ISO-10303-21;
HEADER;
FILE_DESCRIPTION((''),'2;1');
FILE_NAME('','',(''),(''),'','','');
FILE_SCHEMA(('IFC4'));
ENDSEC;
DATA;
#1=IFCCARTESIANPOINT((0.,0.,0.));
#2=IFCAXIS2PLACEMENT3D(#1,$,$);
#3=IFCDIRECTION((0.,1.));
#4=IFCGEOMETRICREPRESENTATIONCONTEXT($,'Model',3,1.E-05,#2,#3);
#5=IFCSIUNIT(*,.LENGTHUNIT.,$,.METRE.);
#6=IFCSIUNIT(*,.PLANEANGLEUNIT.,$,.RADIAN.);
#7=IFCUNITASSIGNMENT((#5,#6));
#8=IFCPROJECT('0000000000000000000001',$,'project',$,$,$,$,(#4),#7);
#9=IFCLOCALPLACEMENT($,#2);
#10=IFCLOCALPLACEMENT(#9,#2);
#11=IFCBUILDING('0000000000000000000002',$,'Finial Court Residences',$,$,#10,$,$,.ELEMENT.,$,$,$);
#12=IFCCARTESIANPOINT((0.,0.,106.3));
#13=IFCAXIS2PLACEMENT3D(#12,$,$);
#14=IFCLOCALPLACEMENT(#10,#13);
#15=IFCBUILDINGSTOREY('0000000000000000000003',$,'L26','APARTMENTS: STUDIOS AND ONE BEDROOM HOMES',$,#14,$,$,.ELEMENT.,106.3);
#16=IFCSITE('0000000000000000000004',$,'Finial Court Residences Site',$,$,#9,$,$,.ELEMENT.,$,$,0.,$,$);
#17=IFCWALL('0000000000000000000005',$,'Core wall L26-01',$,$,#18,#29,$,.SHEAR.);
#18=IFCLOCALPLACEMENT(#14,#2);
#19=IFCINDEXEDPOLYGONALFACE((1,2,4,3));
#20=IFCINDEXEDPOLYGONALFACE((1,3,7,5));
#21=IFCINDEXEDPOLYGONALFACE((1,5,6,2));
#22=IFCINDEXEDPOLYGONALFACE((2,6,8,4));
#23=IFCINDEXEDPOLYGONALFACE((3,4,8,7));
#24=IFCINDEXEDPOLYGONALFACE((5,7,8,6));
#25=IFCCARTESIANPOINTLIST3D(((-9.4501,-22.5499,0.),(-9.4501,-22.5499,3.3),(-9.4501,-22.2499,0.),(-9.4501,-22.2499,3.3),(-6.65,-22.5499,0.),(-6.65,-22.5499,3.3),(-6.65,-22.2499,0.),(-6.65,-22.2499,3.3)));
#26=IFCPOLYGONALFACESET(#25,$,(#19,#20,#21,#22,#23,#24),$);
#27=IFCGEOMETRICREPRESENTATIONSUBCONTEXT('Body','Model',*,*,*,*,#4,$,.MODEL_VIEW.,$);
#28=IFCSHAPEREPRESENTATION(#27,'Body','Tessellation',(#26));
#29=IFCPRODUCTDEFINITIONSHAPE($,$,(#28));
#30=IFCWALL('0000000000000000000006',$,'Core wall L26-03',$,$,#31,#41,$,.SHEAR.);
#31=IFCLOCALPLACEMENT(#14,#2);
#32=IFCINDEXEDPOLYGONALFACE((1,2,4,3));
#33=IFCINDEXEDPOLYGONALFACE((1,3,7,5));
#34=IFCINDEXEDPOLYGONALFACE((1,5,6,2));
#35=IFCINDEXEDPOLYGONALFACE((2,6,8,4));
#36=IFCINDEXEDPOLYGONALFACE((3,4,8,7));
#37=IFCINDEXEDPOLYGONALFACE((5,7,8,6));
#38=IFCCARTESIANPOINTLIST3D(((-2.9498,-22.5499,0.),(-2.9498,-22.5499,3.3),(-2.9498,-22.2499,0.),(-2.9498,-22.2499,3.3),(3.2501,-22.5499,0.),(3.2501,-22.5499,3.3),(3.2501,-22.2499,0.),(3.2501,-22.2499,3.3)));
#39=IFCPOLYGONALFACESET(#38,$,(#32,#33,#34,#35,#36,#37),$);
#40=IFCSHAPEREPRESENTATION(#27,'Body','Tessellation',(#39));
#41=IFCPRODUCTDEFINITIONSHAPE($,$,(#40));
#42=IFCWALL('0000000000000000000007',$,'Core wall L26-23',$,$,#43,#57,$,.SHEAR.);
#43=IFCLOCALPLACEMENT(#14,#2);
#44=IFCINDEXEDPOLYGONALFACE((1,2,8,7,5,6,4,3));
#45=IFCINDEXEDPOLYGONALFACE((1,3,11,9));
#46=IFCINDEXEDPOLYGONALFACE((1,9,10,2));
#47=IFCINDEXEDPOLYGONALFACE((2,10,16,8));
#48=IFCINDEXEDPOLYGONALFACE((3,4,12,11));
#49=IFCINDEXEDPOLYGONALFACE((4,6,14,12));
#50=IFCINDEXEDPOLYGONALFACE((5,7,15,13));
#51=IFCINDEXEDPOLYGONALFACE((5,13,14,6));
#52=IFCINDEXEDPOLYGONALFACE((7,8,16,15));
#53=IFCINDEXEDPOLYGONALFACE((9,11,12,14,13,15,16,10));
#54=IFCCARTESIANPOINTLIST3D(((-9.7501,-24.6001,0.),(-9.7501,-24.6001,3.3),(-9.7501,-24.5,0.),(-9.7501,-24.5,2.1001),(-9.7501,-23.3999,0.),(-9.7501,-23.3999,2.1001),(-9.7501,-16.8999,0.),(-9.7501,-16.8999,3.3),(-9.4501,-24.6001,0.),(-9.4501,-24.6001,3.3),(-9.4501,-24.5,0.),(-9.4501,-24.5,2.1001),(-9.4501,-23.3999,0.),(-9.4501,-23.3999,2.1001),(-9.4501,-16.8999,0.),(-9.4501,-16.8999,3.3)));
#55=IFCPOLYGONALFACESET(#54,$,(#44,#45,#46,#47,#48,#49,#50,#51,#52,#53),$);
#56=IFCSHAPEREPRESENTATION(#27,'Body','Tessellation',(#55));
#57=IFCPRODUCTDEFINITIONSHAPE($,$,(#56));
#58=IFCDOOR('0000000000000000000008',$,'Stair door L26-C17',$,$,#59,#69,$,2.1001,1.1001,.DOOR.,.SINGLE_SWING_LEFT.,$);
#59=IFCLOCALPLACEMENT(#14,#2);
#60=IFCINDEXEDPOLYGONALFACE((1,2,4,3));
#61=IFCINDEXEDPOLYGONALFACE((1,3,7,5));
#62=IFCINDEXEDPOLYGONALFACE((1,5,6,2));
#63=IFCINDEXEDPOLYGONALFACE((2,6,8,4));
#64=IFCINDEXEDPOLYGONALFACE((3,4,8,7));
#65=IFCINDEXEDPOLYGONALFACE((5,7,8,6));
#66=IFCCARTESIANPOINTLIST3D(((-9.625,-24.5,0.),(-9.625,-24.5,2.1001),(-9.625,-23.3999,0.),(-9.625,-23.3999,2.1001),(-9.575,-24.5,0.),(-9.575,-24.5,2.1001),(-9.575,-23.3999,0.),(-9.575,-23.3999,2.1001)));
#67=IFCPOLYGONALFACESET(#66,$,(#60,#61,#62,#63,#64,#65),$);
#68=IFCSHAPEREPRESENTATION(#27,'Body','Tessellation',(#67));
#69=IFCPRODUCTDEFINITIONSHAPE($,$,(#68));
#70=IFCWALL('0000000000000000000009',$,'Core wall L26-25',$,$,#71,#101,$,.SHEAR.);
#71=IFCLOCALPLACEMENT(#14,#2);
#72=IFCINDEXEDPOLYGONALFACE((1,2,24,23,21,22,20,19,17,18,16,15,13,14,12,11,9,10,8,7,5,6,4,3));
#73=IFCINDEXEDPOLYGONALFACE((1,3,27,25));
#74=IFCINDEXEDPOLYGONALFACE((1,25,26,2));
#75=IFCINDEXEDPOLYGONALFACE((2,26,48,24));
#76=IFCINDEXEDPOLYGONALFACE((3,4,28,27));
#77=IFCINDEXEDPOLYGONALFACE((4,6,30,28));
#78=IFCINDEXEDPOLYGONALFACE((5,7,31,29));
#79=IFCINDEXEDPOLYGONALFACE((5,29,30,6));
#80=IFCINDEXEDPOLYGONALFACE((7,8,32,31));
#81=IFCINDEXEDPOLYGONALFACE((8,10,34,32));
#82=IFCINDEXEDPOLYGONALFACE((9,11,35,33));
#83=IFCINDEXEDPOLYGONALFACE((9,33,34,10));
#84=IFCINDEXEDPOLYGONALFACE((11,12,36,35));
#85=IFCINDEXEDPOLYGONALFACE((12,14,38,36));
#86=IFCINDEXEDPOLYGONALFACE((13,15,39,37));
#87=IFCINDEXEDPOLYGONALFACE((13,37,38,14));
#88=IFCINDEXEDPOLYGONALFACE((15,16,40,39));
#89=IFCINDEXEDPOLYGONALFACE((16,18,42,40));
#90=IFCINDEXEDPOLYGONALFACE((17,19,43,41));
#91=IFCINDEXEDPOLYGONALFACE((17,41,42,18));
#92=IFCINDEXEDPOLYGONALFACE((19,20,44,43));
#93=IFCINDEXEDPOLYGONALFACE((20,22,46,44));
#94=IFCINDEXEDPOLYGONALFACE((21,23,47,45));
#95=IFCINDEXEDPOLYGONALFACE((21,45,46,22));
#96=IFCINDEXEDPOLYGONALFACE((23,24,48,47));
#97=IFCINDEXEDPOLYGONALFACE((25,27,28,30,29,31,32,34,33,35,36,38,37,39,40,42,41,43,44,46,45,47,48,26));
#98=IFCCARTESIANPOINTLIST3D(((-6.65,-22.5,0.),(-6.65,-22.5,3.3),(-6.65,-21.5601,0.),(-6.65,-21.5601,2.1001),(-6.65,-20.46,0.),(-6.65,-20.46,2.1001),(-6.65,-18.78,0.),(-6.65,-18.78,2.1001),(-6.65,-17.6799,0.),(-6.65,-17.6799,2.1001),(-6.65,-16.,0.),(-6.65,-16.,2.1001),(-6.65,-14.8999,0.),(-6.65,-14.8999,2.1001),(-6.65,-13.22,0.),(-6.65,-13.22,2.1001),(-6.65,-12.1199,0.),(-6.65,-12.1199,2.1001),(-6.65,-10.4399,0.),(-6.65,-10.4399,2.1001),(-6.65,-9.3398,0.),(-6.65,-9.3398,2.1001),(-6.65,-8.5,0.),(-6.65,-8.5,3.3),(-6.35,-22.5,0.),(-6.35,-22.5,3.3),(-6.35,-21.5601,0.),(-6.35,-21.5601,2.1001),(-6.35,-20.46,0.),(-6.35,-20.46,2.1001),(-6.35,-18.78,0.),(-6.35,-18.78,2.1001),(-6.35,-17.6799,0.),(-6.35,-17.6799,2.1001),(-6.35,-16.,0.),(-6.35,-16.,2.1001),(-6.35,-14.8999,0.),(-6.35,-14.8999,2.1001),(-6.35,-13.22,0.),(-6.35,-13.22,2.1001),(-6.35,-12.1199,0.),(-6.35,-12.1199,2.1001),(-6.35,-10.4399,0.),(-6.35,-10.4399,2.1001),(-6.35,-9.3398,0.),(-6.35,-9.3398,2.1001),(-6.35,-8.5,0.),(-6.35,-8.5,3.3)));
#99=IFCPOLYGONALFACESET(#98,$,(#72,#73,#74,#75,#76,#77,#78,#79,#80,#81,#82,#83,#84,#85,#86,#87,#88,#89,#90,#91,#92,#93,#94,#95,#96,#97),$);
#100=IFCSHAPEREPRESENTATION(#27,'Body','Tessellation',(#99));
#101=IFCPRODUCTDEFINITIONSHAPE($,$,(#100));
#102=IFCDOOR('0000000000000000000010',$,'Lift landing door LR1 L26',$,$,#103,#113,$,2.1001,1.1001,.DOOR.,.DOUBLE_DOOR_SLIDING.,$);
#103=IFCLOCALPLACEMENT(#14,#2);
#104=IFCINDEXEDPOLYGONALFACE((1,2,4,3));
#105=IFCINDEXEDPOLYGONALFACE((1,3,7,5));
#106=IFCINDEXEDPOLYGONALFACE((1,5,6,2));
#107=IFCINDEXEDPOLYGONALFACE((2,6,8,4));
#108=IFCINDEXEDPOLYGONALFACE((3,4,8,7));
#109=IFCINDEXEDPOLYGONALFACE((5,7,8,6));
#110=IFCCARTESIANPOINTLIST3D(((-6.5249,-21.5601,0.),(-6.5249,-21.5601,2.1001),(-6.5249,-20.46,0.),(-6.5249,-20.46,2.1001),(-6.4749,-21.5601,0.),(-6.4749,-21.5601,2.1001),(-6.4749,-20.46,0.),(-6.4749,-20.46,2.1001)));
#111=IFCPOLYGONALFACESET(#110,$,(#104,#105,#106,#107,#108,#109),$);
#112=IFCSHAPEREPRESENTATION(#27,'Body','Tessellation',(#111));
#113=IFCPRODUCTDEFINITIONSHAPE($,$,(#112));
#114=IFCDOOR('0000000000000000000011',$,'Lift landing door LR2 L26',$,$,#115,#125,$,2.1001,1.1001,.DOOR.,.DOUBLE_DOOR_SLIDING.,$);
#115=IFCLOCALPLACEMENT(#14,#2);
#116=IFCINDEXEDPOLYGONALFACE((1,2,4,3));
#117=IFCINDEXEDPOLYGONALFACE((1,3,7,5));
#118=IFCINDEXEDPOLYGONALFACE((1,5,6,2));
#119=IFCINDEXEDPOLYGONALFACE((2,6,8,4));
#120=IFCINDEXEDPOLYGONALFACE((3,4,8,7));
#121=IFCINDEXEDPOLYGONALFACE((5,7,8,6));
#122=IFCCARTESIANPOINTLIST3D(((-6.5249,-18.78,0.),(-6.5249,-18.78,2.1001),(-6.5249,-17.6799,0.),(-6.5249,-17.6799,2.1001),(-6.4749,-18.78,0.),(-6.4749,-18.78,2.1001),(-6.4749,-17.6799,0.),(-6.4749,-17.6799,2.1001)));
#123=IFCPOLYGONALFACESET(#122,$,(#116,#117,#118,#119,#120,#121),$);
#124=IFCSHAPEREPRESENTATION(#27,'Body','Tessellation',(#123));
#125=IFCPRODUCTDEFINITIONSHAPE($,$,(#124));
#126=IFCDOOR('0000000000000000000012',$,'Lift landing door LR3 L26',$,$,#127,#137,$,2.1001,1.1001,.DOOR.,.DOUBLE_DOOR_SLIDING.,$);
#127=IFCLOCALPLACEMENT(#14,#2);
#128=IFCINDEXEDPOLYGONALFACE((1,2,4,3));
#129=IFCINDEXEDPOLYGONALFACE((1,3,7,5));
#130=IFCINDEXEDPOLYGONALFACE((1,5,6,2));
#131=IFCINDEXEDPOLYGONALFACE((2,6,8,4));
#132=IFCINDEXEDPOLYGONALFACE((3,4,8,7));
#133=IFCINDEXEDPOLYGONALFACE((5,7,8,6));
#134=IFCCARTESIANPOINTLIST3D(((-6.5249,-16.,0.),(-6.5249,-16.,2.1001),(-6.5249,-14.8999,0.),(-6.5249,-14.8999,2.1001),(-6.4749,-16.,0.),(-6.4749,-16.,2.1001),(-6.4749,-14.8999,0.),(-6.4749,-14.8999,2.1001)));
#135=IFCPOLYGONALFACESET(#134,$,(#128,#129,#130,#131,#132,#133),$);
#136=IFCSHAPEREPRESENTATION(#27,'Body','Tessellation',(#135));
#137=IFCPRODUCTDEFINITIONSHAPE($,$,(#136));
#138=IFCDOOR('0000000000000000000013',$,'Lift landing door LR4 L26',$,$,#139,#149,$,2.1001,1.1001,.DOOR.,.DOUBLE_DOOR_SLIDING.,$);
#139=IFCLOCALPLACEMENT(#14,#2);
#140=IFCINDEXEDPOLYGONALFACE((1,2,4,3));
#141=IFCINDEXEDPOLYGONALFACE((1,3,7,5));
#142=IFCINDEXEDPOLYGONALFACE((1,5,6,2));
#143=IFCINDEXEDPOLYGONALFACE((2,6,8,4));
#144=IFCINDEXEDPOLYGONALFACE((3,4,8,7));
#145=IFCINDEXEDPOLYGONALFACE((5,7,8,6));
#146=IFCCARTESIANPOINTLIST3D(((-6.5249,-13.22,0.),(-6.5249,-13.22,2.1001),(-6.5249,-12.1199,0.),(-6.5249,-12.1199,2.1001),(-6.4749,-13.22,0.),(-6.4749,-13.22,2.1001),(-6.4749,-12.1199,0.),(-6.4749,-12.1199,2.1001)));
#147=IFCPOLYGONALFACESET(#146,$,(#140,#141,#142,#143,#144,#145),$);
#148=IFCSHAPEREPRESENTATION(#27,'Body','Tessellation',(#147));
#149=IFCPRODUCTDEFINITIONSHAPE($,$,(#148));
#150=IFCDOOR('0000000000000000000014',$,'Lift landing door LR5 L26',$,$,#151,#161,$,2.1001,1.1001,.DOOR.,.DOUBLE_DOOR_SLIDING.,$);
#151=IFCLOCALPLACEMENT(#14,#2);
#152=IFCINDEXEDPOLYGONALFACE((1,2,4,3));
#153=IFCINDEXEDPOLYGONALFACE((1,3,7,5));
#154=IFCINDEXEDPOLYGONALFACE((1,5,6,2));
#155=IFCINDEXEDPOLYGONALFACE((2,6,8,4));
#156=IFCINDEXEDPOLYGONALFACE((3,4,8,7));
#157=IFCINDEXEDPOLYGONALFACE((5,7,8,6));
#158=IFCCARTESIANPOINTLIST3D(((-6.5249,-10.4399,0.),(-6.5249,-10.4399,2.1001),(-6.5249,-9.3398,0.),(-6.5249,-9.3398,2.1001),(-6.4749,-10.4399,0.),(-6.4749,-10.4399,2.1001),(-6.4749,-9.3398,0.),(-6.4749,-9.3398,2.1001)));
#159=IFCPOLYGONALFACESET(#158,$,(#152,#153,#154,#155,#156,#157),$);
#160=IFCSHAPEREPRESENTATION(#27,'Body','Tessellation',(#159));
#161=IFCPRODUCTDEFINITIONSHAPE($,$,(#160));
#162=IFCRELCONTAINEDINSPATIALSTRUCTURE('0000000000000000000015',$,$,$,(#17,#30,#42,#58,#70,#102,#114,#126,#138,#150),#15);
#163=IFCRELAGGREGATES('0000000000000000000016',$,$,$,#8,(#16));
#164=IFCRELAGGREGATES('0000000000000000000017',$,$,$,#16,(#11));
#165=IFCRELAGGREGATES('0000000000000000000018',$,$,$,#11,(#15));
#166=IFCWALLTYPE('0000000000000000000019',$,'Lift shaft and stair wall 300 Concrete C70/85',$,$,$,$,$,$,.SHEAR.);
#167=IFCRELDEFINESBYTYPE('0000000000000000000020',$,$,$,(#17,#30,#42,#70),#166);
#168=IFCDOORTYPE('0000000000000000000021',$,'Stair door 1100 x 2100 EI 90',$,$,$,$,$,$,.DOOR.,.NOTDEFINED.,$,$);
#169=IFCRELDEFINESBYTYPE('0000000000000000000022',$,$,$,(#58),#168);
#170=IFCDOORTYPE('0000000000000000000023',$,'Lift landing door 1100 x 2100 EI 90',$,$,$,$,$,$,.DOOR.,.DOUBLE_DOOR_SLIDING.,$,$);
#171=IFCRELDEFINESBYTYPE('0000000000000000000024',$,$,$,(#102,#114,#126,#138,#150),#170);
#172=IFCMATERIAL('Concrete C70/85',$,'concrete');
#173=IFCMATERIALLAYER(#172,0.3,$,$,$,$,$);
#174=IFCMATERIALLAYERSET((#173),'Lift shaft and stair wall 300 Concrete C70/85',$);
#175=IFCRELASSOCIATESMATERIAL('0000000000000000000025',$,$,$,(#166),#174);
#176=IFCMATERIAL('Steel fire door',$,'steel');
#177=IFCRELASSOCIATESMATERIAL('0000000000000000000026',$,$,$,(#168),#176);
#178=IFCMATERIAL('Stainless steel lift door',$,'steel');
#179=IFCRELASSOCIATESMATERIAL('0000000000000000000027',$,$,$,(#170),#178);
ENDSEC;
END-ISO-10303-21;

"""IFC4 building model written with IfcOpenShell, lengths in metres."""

from ifc_helpers import new_model, si_unit, direction, frame, frame_2d, origin, place, context, subcontext, project, spatial, rectangle, extrude, material, layer, layer_set, type_object, element, fill, save


model = new_model("IFC4")

# Units and contexts
model_context = context("Model", 3, precision=1e-05, world=origin(), true_north=direction((0.0, 1.0)))
body_context = subcontext(model_context, "Body", "Model", "MODEL_VIEW")
ifc_project = project(units=[si_unit("LENGTHUNIT", "METRE"), si_unit("PLANEANGLEUNIT", "RADIAN")], contexts=[model_context])

# Site, building, storey
site_placement = place(None, origin())
site = spatial("IfcSite", under=ifc_project, at=site_placement, Name="Finial Court Residences Site", CompositionType="ELEMENT", RefElevation=0.0)
building_placement = place(site_placement, origin())
building = spatial("IfcBuilding", under=site, at=building_placement, Name="Finial Court Residences", CompositionType="ELEMENT")
storey_placement = place(building_placement, frame((0.0, 0.0, 106.3)))
storey = spatial("IfcBuildingStorey", under=building, at=storey_placement, Name="L26", Description="APARTMENTS: STUDIOS AND ONE BEDROOM HOMES", CompositionType="ELEMENT", Elevation=106.3)

# Walls
ifc_material_1 = material(Name="Concrete C70/85", Category="concrete")
ifc_layer_1 = layer(ifc_material_1, 0.3)
ifc_layer_set_1 = layer_set([ifc_layer_1], Name="Lift shaft and stair wall 300 Concrete C70/85")
wall_type_1 = type_object("IfcWallType", Name="Lift shaft and stair wall 300 Concrete C70/85", PredefinedType="SHEAR", material=ifc_layer_set_1)
wall_1_placement = place(storey_placement, frame((-9.45, -22.3999, 0.0), z_axis=(0.0, 0.0, 1.0), x_axis=(1.0, 0.0, 0.0)))
element("IfcWall", 1, at=wall_1_placement, inside=storey, type_object=wall_type_1, Name="Core wall L26-01", PredefinedType="SHEAR", context=body_context, shape_type="SweptSolid", body=[
    extrude(rectangle(XDim=2.8, YDim=0.3, at=frame_2d((1.3999, 0.0))), origin(), (0.0, 0.0, 1.0), 3.3),
])
wall_2_placement = place(storey_placement, frame((-2.95, -22.3999, 0.0), z_axis=(0.0, 0.0, 1.0), x_axis=(1.0, 0.0, 0.0)))
element("IfcWall", 2, at=wall_2_placement, inside=storey, type_object=wall_type_1, Name="Core wall L26-03", PredefinedType="SHEAR", context=body_context, shape_type="SweptSolid", body=[
    extrude(rectangle(XDim=6.2, YDim=0.3, at=frame_2d((3.1001, 0.0))), origin(), (0.0, 0.0, 1.0), 3.3),
])

# Wall, opening, door
wall_3_placement = place(storey_placement, frame((-9.6001, -24.6001, 0.0), z_axis=(0.0, 0.0, 1.0), x_axis=(0.0, 1.0, 0.0)))
wall_3 = element("IfcWall", 3, at=wall_3_placement, inside=storey, type_object=wall_type_1, Name="Core wall L26-23", PredefinedType="SHEAR", context=body_context, shape_type="SweptSolid", body=[
    extrude(rectangle(XDim=7.7002, YDim=0.3, at=frame_2d((3.8501, 0.0))), origin(), (0.0, 0.0, 1.0), 3.3),
])
opening_1_placement = place(wall_3_placement, frame((0.1001, 0.0, 0.0)))
opening_1 = element("IfcOpeningElement", 4, at=opening_1_placement, cuts=wall_3, PredefinedType="OPENING", context=body_context, shape_type="SweptSolid", body=[
    extrude(rectangle(XDim=1.1001, YDim=2.1001, at=frame_2d((0.55, 1.05))), frame((0.0, 0.1599, 0.0), z_axis=(0.0, -1.0, 0.0), x_axis=(1.0, 0.0, 0.0)), (0.0, 0.0, 1.0), 0.3201),
])
ifc_material_2 = material(Name="Steel fire door", Category="steel")
door_type_1 = type_object("IfcDoorType", Name="Stair door 1100 x 2100 EI 90", OperationType="NOTDEFINED", PredefinedType="DOOR", material=ifc_material_2)
door_1_placement = place(opening_1_placement, origin())
door_1 = element("IfcDoor", 5, at=door_1_placement, inside=storey, type_object=door_type_1, Name="Stair door L26-C17", OperationType="SINGLE_SWING_LEFT", OverallHeight=2.1001, OverallWidth=1.1001, PredefinedType="DOOR", context=body_context, shape_type="SweptSolid", body=[
    extrude(rectangle(XDim=1.1001, YDim=2.1001, at=frame_2d((0.55, 1.05))), frame((0.0, 0.0249, 0.0), z_axis=(0.0, -1.0, 0.0), x_axis=(1.0, 0.0, 0.0)), (0.0, 0.0, 1.0), 0.05),
])
fill(opening_1, door_1)

# Wall, openings, doors
wall_4_placement = place(storey_placement, frame((-6.5, -22.5, 0.0), z_axis=(0.0, 0.0, 1.0), x_axis=(0.0, 1.0, 0.0)))
wall_4 = element("IfcWall", 6, at=wall_4_placement, inside=storey, type_object=wall_type_1, Name="Core wall L26-25", PredefinedType="SHEAR", context=body_context, shape_type="SweptSolid", body=[
    extrude(rectangle(XDim=14.0, YDim=0.3, at=frame_2d((7.0, 0.0))), origin(), (0.0, 0.0, 1.0), 3.3),
])
opening_2_placement = place(wall_4_placement, frame((0.9399, 0.0, 0.0)))
opening_2 = element("IfcOpeningElement", 7, at=opening_2_placement, cuts=wall_4, PredefinedType="OPENING", context=body_context, shape_type="SweptSolid", body=[
    extrude(rectangle(XDim=1.1001, YDim=2.1001, at=frame_2d((0.55, 1.05))), frame((0.0, 0.1599, 0.0), z_axis=(0.0, -1.0, 0.0), x_axis=(1.0, 0.0, 0.0)), (0.0, 0.0, 1.0), 0.3201),
])
opening_3_placement = place(wall_4_placement, frame((3.72, 0.0, 0.0)))
opening_3 = element("IfcOpeningElement", 8, at=opening_3_placement, cuts=wall_4, PredefinedType="OPENING", context=body_context, shape_type="SweptSolid", body=[
    extrude(rectangle(XDim=1.1001, YDim=2.1001, at=frame_2d((0.55, 1.05))), frame((0.0, 0.1599, 0.0), z_axis=(0.0, -1.0, 0.0), x_axis=(1.0, 0.0, 0.0)), (0.0, 0.0, 1.0), 0.3201),
])
opening_4_placement = place(wall_4_placement, frame((6.5, 0.0, 0.0)))
opening_4 = element("IfcOpeningElement", 9, at=opening_4_placement, cuts=wall_4, PredefinedType="OPENING", context=body_context, shape_type="SweptSolid", body=[
    extrude(rectangle(XDim=1.1001, YDim=2.1001, at=frame_2d((0.55, 1.05))), frame((0.0, 0.1599, 0.0), z_axis=(0.0, -1.0, 0.0), x_axis=(1.0, 0.0, 0.0)), (0.0, 0.0, 1.0), 0.3201),
])
opening_5_placement = place(wall_4_placement, frame((9.28, 0.0, 0.0)))
opening_5 = element("IfcOpeningElement", 10, at=opening_5_placement, cuts=wall_4, PredefinedType="OPENING", context=body_context, shape_type="SweptSolid", body=[
    extrude(rectangle(XDim=1.1001, YDim=2.1001, at=frame_2d((0.55, 1.05))), frame((0.0, 0.1599, 0.0), z_axis=(0.0, -1.0, 0.0), x_axis=(1.0, 0.0, 0.0)), (0.0, 0.0, 1.0), 0.3201),
])
opening_6_placement = place(wall_4_placement, frame((12.0601, 0.0, 0.0)))
opening_6 = element("IfcOpeningElement", 11, at=opening_6_placement, cuts=wall_4, PredefinedType="OPENING", context=body_context, shape_type="SweptSolid", body=[
    extrude(rectangle(XDim=1.1001, YDim=2.1001, at=frame_2d((0.55, 1.05))), frame((0.0, 0.1599, 0.0), z_axis=(0.0, -1.0, 0.0), x_axis=(1.0, 0.0, 0.0)), (0.0, 0.0, 1.0), 0.3201),
])
ifc_material_3 = material(Name="Stainless steel lift door", Category="steel")
door_type_2 = type_object("IfcDoorType", Name="Lift landing door 1100 x 2100 EI 90", OperationType="DOUBLE_DOOR_SLIDING", PredefinedType="DOOR", material=ifc_material_3)
door_2_placement = place(opening_2_placement, origin())
door_2 = element("IfcDoor", 12, at=door_2_placement, inside=storey, type_object=door_type_2, Name="Lift landing door LR1 L26", OperationType="DOUBLE_DOOR_SLIDING", OverallHeight=2.1001, OverallWidth=1.1001, PredefinedType="DOOR", context=body_context, shape_type="SweptSolid", body=[
    extrude(rectangle(XDim=1.1001, YDim=2.1001, at=frame_2d((0.55, 1.05))), frame((0.0, 0.0249, 0.0), z_axis=(0.0, -1.0, 0.0), x_axis=(1.0, 0.0, 0.0)), (0.0, 0.0, 1.0), 0.05),
])
fill(opening_2, door_2)
door_3_placement = place(opening_3_placement, origin())
door_3 = element("IfcDoor", 13, at=door_3_placement, inside=storey, type_object=door_type_2, Name="Lift landing door LR2 L26", OperationType="DOUBLE_DOOR_SLIDING", OverallHeight=2.1001, OverallWidth=1.1001, PredefinedType="DOOR", context=body_context, shape_type="SweptSolid", body=[
    extrude(rectangle(XDim=1.1001, YDim=2.1001, at=frame_2d((0.55, 1.05))), frame((0.0, 0.0249, 0.0), z_axis=(0.0, -1.0, 0.0), x_axis=(1.0, 0.0, 0.0)), (0.0, 0.0, 1.0), 0.05),
])
fill(opening_3, door_3)
door_4_placement = place(opening_4_placement, origin())
door_4 = element("IfcDoor", 14, at=door_4_placement, inside=storey, type_object=door_type_2, Name="Lift landing door LR3 L26", OperationType="DOUBLE_DOOR_SLIDING", OverallHeight=2.1001, OverallWidth=1.1001, PredefinedType="DOOR", context=body_context, shape_type="SweptSolid", body=[
    extrude(rectangle(XDim=1.1001, YDim=2.1001, at=frame_2d((0.55, 1.05))), frame((0.0, 0.0249, 0.0), z_axis=(0.0, -1.0, 0.0), x_axis=(1.0, 0.0, 0.0)), (0.0, 0.0, 1.0), 0.05),
])
fill(opening_4, door_4)
door_5_placement = place(opening_5_placement, origin())
door_5 = element("IfcDoor", 15, at=door_5_placement, inside=storey, type_object=door_type_2, Name="Lift landing door LR4 L26", OperationType="DOUBLE_DOOR_SLIDING", OverallHeight=2.1001, OverallWidth=1.1001, PredefinedType="DOOR", context=body_context, shape_type="SweptSolid", body=[
    extrude(rectangle(XDim=1.1001, YDim=2.1001, at=frame_2d((0.55, 1.05))), frame((0.0, 0.0249, 0.0), z_axis=(0.0, -1.0, 0.0), x_axis=(1.0, 0.0, 0.0)), (0.0, 0.0, 1.0), 0.05),
])
fill(opening_5, door_5)
door_6_placement = place(opening_6_placement, origin())
door_6 = element("IfcDoor", 16, at=door_6_placement, inside=storey, type_object=door_type_2, Name="Lift landing door LR5 L26", OperationType="DOUBLE_DOOR_SLIDING", OverallHeight=2.1001, OverallWidth=1.1001, PredefinedType="DOOR", context=body_context, shape_type="SweptSolid", body=[
    extrude(rectangle(XDim=1.1001, YDim=2.1001, at=frame_2d((0.55, 1.05))), frame((0.0, 0.0249, 0.0), z_axis=(0.0, -1.0, 0.0), x_axis=(1.0, 0.0, 0.0)), (0.0, 0.0, 1.0), 0.05),
])
fill(opening_6, door_6)

save(model, "model.ifc")
